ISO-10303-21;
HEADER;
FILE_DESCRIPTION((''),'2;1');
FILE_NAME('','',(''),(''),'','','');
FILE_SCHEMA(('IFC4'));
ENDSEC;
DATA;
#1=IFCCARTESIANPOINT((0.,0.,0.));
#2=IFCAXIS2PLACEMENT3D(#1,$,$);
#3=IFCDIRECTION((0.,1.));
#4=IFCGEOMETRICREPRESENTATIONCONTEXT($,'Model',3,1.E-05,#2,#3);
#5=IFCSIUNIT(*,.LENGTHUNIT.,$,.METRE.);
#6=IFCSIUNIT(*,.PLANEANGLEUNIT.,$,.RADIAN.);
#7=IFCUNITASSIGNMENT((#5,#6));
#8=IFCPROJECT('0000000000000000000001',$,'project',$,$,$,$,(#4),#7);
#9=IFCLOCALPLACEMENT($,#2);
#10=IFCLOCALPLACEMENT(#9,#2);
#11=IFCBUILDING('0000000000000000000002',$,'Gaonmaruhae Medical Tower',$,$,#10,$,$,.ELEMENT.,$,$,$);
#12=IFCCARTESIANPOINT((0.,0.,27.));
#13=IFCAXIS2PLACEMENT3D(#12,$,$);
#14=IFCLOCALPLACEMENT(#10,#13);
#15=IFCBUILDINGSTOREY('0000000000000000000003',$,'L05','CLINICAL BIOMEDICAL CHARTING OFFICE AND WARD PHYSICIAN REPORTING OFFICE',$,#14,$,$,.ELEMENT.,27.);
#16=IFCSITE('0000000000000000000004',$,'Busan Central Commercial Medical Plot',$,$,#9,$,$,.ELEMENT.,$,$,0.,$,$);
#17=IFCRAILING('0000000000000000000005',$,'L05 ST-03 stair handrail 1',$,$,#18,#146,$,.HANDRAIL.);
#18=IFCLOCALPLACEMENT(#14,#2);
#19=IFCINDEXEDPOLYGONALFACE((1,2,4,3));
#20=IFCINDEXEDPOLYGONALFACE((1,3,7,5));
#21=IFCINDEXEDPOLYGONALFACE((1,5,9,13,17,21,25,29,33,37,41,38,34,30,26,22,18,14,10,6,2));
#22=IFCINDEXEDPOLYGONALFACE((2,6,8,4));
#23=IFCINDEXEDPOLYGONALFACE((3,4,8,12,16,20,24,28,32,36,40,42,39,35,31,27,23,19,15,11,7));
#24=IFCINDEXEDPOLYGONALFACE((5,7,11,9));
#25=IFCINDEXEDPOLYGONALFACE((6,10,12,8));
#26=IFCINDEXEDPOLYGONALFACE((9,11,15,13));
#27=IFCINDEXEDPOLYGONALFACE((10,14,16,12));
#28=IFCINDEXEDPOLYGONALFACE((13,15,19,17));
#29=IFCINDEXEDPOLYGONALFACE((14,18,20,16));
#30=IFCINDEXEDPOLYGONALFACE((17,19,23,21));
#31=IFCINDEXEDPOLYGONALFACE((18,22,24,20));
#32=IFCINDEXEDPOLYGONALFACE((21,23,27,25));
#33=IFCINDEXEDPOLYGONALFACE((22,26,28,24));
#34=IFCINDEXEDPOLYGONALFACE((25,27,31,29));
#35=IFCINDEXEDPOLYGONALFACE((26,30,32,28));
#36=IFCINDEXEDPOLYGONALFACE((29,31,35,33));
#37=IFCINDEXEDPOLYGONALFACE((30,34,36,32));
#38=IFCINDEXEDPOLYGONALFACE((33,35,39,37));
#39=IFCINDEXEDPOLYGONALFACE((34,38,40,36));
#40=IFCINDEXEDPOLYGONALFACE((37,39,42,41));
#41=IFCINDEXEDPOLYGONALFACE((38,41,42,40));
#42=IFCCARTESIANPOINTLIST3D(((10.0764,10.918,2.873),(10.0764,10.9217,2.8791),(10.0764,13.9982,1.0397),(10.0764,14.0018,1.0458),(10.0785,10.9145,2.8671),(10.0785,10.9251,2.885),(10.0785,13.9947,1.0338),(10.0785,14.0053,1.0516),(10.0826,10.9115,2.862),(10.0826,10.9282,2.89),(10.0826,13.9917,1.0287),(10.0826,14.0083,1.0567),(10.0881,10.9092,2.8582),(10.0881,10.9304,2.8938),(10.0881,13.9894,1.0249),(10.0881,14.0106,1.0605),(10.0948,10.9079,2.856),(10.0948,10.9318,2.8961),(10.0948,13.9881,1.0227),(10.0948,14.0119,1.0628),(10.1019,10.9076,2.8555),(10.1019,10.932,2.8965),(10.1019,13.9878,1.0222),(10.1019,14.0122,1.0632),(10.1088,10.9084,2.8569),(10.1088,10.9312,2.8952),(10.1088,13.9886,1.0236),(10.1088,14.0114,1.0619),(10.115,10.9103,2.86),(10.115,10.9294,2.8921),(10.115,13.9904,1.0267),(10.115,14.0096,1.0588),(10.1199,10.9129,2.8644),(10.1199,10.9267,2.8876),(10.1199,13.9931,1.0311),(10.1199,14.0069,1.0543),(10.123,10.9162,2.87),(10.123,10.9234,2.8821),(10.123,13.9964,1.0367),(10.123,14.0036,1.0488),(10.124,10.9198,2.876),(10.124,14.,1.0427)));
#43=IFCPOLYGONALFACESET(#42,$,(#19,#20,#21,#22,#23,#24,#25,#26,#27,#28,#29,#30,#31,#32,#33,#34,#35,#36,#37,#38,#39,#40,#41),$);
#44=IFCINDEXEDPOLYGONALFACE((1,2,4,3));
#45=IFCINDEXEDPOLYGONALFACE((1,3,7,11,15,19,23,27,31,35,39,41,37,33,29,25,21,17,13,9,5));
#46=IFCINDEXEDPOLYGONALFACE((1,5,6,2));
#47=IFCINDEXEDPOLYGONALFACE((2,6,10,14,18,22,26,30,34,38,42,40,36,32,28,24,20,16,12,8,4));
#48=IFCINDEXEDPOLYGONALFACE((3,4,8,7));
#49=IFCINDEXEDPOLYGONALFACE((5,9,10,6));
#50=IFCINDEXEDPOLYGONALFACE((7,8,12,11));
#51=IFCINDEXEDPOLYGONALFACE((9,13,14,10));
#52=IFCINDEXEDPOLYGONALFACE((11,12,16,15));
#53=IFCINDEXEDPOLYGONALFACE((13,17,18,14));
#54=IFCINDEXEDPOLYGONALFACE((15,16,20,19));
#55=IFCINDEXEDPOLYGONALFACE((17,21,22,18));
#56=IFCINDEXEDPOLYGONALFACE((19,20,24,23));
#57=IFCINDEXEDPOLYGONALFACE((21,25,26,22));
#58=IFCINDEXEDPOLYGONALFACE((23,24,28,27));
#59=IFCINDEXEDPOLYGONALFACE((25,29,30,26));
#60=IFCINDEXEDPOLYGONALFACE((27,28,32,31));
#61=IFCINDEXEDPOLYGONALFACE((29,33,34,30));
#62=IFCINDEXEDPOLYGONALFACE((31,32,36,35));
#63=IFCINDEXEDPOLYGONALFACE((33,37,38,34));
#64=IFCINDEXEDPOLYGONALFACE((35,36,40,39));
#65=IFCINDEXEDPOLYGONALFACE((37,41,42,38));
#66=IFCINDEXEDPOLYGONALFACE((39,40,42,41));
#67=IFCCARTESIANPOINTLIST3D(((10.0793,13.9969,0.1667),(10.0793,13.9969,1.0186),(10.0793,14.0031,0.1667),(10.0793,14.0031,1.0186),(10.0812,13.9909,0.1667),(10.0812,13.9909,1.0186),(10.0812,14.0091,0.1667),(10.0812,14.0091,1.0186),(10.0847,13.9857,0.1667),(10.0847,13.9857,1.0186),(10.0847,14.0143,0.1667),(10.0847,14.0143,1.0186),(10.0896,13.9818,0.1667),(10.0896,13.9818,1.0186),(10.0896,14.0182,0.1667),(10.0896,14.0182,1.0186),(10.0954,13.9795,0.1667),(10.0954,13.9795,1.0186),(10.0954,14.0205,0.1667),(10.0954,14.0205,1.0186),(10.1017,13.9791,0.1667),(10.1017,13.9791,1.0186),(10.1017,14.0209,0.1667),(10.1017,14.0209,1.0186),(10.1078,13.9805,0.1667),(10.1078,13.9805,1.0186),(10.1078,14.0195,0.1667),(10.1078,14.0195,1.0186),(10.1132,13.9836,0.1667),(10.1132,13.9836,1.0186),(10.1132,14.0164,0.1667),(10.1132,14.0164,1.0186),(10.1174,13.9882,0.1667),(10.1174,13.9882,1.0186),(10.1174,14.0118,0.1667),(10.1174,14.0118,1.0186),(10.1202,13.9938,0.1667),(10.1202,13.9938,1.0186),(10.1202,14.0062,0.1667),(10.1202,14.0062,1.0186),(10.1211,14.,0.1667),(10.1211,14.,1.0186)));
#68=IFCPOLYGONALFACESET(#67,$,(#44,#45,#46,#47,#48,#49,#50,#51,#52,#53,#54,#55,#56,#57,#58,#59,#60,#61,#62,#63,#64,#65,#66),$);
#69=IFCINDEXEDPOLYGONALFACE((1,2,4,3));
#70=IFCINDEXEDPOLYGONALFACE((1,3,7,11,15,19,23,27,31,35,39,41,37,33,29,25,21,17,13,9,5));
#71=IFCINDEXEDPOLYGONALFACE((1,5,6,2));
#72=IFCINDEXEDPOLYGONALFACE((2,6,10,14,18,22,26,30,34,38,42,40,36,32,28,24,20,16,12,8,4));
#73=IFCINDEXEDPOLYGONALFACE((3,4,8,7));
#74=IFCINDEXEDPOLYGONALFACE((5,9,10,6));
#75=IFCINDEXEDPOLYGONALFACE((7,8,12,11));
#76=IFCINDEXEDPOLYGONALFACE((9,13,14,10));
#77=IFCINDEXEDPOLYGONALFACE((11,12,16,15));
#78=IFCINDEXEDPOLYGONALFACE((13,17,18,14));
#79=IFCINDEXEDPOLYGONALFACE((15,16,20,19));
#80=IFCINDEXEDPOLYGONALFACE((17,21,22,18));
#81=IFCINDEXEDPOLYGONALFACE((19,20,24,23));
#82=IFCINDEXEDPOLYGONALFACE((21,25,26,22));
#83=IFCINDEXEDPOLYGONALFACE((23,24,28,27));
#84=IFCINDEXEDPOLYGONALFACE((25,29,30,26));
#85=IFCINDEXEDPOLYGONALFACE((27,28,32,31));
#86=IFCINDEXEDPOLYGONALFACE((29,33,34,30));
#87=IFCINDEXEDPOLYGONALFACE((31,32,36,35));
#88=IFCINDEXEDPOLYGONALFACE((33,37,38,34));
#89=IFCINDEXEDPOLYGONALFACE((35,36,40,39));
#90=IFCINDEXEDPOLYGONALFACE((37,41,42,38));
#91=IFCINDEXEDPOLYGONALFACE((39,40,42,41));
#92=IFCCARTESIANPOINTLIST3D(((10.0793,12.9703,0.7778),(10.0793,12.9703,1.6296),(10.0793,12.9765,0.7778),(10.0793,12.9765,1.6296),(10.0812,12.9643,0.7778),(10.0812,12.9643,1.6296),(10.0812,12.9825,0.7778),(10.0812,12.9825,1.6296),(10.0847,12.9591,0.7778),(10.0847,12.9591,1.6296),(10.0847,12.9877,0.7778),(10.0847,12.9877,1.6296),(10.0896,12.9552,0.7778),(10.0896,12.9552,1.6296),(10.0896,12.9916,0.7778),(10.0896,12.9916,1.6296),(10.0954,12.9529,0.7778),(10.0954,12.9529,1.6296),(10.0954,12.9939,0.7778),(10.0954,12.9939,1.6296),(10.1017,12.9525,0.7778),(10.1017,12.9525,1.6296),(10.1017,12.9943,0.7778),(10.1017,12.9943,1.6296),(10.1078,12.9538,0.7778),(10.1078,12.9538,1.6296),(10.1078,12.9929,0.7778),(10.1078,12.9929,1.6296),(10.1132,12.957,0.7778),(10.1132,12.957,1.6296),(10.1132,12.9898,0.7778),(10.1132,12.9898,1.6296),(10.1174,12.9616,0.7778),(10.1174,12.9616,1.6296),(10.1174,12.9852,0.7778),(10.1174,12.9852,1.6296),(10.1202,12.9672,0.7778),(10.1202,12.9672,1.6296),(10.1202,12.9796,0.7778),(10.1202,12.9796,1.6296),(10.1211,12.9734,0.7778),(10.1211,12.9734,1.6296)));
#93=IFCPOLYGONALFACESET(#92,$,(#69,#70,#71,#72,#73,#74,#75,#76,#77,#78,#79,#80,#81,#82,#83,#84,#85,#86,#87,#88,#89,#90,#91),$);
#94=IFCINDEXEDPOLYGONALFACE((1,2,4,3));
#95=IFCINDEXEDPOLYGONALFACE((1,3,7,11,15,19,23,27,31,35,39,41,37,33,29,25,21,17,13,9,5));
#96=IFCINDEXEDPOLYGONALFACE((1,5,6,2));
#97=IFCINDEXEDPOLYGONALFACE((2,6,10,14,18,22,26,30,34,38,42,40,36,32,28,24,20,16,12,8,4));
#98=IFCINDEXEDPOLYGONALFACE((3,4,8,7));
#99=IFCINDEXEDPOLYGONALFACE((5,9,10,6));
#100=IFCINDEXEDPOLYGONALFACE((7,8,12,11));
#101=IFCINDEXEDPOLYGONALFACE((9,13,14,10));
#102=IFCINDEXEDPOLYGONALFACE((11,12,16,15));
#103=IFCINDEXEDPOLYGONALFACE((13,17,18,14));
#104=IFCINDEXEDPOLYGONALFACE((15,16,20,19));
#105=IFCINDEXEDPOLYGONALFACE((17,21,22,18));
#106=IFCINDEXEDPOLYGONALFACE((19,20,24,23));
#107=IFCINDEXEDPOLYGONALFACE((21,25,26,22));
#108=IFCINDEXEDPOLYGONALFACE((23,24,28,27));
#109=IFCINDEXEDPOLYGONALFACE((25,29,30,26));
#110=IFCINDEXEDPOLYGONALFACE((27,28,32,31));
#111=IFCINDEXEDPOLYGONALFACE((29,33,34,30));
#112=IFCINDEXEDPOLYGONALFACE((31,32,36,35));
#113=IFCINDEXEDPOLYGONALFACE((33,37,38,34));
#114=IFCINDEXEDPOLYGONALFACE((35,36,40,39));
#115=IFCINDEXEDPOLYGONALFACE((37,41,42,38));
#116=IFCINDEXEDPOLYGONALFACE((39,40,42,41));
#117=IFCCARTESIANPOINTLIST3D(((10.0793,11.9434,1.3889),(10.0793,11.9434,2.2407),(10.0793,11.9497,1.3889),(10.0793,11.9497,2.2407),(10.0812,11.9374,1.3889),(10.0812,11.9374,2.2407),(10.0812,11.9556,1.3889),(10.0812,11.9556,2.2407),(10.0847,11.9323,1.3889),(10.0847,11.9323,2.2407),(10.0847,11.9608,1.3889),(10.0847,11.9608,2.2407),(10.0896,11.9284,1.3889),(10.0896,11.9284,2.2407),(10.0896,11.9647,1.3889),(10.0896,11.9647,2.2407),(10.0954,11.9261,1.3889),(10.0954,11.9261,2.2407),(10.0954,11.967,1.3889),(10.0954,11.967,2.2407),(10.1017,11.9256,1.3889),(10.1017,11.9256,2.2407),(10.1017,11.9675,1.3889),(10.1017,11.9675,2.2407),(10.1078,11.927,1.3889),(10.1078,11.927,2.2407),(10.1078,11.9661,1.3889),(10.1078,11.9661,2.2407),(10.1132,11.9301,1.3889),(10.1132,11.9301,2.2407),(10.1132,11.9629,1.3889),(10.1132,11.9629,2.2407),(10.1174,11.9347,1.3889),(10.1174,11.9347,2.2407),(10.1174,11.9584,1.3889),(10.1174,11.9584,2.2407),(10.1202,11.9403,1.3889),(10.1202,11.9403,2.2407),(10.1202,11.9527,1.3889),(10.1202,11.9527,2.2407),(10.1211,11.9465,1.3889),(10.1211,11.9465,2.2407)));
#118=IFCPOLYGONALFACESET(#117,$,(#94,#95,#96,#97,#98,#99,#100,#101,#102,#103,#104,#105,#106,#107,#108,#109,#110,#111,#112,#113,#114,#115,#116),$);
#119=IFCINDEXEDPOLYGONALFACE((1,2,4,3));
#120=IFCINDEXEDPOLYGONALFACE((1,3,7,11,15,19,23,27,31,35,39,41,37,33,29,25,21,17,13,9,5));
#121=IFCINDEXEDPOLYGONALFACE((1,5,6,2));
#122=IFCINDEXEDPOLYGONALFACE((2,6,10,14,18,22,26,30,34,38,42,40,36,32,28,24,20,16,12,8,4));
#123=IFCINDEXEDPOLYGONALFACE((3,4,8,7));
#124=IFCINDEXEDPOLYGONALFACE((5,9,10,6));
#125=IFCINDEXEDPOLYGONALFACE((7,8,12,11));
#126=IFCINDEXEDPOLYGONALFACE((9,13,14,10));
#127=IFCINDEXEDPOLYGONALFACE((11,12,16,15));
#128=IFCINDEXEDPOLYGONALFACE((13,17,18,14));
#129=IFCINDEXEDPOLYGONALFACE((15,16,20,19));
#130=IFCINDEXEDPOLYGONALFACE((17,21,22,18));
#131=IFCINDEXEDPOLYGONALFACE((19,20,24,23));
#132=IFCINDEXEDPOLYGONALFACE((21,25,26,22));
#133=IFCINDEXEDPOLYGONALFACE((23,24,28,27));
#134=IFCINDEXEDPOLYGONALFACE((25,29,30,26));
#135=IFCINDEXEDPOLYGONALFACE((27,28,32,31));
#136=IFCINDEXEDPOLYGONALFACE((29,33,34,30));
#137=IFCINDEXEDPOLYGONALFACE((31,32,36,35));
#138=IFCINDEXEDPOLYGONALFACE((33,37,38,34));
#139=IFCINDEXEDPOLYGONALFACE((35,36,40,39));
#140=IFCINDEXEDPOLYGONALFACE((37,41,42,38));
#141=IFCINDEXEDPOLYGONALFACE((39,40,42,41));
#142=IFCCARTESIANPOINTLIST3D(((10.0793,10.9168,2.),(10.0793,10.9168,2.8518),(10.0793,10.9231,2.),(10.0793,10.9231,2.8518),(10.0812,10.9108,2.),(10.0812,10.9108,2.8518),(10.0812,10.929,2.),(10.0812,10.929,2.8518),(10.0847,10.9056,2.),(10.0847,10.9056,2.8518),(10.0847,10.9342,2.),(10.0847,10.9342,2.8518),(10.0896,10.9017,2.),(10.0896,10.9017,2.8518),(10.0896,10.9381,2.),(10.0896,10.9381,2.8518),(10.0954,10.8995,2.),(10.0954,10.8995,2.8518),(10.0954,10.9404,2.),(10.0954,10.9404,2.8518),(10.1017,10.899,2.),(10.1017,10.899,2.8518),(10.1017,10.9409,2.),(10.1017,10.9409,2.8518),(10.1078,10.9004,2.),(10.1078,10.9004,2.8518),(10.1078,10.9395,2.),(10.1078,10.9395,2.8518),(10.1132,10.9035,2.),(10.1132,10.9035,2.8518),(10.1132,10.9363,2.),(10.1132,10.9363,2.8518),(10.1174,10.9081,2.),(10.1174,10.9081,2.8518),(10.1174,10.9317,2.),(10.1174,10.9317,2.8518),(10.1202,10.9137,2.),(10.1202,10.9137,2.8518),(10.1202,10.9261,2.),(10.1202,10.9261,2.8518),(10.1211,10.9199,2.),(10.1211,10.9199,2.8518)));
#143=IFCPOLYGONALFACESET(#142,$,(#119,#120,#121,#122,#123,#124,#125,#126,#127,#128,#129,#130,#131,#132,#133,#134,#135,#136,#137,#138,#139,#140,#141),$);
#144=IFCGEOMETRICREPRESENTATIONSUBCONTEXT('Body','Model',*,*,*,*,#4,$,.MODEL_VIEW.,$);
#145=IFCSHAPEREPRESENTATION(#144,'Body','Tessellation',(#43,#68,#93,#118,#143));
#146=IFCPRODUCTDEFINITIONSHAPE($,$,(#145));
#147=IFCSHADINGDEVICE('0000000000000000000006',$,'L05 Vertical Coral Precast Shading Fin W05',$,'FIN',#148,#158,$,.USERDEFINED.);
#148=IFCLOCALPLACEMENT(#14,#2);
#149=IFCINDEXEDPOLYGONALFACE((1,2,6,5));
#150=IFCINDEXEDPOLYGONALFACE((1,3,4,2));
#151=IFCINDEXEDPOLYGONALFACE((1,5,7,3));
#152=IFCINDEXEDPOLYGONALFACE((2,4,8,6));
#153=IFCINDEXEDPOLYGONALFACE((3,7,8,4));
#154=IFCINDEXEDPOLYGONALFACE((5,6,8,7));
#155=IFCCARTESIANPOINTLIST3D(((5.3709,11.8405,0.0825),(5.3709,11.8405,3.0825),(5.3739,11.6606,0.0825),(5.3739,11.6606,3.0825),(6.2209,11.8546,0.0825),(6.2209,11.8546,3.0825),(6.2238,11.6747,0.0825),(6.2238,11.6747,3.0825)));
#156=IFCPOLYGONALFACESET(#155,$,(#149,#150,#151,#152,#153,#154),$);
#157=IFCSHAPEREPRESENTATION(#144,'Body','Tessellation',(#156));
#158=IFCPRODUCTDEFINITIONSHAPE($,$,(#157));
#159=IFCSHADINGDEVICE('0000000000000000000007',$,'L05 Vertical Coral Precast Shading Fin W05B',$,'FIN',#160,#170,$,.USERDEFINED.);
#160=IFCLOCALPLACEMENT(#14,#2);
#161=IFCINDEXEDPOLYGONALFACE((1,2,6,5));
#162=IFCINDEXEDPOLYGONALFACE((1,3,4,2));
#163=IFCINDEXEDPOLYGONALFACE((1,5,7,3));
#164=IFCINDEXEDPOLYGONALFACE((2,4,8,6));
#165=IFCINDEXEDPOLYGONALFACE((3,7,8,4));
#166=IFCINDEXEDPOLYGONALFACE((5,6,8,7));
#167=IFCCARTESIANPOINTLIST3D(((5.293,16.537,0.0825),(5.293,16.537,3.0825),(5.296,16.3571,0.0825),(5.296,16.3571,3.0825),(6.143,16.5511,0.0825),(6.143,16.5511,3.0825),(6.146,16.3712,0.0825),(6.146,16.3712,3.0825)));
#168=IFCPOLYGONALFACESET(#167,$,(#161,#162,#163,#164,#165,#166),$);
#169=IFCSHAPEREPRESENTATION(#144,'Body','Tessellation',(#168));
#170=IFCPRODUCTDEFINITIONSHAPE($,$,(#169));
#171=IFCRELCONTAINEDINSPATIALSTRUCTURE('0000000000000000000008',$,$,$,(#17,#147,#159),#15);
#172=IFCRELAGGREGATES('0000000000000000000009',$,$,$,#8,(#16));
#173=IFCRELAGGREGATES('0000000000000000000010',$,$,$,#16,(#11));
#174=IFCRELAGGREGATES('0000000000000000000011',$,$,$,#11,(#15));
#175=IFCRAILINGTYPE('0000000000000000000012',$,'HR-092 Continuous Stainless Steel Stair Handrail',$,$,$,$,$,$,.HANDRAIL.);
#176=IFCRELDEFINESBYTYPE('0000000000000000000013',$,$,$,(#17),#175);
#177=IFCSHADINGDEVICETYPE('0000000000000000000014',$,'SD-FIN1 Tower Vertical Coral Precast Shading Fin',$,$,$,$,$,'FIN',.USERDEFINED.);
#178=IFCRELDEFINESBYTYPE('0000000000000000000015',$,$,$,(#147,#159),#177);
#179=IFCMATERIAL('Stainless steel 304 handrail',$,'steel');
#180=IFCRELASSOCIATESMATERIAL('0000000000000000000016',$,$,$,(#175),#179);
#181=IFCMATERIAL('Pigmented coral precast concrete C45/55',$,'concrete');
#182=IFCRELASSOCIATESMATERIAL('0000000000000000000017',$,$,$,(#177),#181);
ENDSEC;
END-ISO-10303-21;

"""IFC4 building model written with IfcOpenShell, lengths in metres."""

from ifc_helpers import new_model, si_unit, direction, frame, origin, origin_2d, place, context, subcontext, project, spatial, rectangle, circle, extrude, material, type_object, element, save


model = new_model("IFC4")

# Units and contexts
model_context = context("Model", 3, precision=1e-05, world=origin(), true_north=direction((0.0, 1.0)))
body_context = subcontext(model_context, "Body", "Model", "MODEL_VIEW")
ifc_project = project(units=[si_unit("LENGTHUNIT", "METRE"), si_unit("PLANEANGLEUNIT", "RADIAN")], contexts=[model_context])

# Site, building, storey
site_placement = place(None, origin())
site = spatial("IfcSite", under=ifc_project, at=site_placement, Name="Busan Central Commercial Medical Plot", CompositionType="ELEMENT", RefElevation=0.0)
building_placement = place(site_placement, origin())
building = spatial("IfcBuilding", under=site, at=building_placement, Name="Gaonmaruhae Medical Tower", CompositionType="ELEMENT")
storey_placement = place(building_placement, frame((0.0, 0.0, 27.0)))
storey = spatial("IfcBuildingStorey", under=building, at=storey_placement, Name="L05", Description="CLINICAL BIOMEDICAL CHARTING OFFICE AND WARD PHYSICIAN REPORTING OFFICE", CompositionType="ELEMENT", Elevation=27.0)

# Railing
ifc_material_1 = material(Name="Stainless steel 304 handrail", Category="steel")
railing_type_1 = type_object("IfcRailingType", Name="HR-092 Continuous Stainless Steel Stair Handrail", PredefinedType="HANDRAIL", material=ifc_material_1)
railing_1_placement = place(storey_placement, frame((10.1001, 14.0, 0.1667)))
element("IfcRailing", 1, at=railing_1_placement, inside=storey, type_object=railing_type_1, Name="L05 ST-03 stair handrail 1", PredefinedType="HANDRAIL", context=body_context, shape_type="SweptSolid", body=[
    extrude(circle(Radius=0.0239, at=origin_2d()), frame((0.0, 0.0, 0.876), z_axis=(0.0, -0.859309, 0.511458), x_axis=(1.0, 0.0, 0.0)), (0.0, 0.0, 1.0), 3.5845),
    extrude(circle(Radius=0.021, at=origin_2d()), origin(), (0.0, 0.0, 1.0), 0.8518),
    extrude(circle(Radius=0.021, at=origin_2d()), frame((0.0, -1.0266, 0.6111)), (0.0, 0.0, 1.0), 0.8518),
    extrude(circle(Radius=0.021, at=origin_2d()), frame((0.0, -2.0535, 1.2222)), (0.0, 0.0, 1.0), 0.8518),
    extrude(circle(Radius=0.021, at=origin_2d()), frame((0.0, -3.0801, 1.8333)), (0.0, 0.0, 1.0), 0.8518),
])

# Shading devices
ifc_material_2 = material(Name="Pigmented coral precast concrete C45/55", Category="concrete")
shading_device_type = type_object("IfcShadingDeviceType", Name="SD-FIN1 Tower Vertical Coral Precast Shading Fin", ElementType="FIN", PredefinedType="USERDEFINED", material=ifc_material_2)
for number, where, z_axis, x_axis, name in (
    (2, (5.7974, 11.7576, 0.0825), (0.0, 0.0, 1.0), (-0.01658, 0.999863, 0.0), "L05 Vertical Coral Precast Shading Fin W05"),
    (3, (5.7195, 16.4541, 0.0825), (0.0, 0.0, 1.0), (-0.01658, 0.999863, 0.0), "L05 Vertical Coral Precast Shading Fin W05B"),
):
    element("IfcShadingDevice", number, at=place(storey_placement, frame(where, z_axis=z_axis, x_axis=x_axis)), inside=storey, type_object=shading_device_type, Name=name, ObjectType="FIN", PredefinedType="USERDEFINED", context=body_context, shape_type="SweptSolid", body=[
        extrude(rectangle(XDim=0.1799, YDim=0.8501, at=origin_2d()), origin(), (0.0, 0.0, 1.0), 3.0),
    ])

save(model, "model.ifc")
